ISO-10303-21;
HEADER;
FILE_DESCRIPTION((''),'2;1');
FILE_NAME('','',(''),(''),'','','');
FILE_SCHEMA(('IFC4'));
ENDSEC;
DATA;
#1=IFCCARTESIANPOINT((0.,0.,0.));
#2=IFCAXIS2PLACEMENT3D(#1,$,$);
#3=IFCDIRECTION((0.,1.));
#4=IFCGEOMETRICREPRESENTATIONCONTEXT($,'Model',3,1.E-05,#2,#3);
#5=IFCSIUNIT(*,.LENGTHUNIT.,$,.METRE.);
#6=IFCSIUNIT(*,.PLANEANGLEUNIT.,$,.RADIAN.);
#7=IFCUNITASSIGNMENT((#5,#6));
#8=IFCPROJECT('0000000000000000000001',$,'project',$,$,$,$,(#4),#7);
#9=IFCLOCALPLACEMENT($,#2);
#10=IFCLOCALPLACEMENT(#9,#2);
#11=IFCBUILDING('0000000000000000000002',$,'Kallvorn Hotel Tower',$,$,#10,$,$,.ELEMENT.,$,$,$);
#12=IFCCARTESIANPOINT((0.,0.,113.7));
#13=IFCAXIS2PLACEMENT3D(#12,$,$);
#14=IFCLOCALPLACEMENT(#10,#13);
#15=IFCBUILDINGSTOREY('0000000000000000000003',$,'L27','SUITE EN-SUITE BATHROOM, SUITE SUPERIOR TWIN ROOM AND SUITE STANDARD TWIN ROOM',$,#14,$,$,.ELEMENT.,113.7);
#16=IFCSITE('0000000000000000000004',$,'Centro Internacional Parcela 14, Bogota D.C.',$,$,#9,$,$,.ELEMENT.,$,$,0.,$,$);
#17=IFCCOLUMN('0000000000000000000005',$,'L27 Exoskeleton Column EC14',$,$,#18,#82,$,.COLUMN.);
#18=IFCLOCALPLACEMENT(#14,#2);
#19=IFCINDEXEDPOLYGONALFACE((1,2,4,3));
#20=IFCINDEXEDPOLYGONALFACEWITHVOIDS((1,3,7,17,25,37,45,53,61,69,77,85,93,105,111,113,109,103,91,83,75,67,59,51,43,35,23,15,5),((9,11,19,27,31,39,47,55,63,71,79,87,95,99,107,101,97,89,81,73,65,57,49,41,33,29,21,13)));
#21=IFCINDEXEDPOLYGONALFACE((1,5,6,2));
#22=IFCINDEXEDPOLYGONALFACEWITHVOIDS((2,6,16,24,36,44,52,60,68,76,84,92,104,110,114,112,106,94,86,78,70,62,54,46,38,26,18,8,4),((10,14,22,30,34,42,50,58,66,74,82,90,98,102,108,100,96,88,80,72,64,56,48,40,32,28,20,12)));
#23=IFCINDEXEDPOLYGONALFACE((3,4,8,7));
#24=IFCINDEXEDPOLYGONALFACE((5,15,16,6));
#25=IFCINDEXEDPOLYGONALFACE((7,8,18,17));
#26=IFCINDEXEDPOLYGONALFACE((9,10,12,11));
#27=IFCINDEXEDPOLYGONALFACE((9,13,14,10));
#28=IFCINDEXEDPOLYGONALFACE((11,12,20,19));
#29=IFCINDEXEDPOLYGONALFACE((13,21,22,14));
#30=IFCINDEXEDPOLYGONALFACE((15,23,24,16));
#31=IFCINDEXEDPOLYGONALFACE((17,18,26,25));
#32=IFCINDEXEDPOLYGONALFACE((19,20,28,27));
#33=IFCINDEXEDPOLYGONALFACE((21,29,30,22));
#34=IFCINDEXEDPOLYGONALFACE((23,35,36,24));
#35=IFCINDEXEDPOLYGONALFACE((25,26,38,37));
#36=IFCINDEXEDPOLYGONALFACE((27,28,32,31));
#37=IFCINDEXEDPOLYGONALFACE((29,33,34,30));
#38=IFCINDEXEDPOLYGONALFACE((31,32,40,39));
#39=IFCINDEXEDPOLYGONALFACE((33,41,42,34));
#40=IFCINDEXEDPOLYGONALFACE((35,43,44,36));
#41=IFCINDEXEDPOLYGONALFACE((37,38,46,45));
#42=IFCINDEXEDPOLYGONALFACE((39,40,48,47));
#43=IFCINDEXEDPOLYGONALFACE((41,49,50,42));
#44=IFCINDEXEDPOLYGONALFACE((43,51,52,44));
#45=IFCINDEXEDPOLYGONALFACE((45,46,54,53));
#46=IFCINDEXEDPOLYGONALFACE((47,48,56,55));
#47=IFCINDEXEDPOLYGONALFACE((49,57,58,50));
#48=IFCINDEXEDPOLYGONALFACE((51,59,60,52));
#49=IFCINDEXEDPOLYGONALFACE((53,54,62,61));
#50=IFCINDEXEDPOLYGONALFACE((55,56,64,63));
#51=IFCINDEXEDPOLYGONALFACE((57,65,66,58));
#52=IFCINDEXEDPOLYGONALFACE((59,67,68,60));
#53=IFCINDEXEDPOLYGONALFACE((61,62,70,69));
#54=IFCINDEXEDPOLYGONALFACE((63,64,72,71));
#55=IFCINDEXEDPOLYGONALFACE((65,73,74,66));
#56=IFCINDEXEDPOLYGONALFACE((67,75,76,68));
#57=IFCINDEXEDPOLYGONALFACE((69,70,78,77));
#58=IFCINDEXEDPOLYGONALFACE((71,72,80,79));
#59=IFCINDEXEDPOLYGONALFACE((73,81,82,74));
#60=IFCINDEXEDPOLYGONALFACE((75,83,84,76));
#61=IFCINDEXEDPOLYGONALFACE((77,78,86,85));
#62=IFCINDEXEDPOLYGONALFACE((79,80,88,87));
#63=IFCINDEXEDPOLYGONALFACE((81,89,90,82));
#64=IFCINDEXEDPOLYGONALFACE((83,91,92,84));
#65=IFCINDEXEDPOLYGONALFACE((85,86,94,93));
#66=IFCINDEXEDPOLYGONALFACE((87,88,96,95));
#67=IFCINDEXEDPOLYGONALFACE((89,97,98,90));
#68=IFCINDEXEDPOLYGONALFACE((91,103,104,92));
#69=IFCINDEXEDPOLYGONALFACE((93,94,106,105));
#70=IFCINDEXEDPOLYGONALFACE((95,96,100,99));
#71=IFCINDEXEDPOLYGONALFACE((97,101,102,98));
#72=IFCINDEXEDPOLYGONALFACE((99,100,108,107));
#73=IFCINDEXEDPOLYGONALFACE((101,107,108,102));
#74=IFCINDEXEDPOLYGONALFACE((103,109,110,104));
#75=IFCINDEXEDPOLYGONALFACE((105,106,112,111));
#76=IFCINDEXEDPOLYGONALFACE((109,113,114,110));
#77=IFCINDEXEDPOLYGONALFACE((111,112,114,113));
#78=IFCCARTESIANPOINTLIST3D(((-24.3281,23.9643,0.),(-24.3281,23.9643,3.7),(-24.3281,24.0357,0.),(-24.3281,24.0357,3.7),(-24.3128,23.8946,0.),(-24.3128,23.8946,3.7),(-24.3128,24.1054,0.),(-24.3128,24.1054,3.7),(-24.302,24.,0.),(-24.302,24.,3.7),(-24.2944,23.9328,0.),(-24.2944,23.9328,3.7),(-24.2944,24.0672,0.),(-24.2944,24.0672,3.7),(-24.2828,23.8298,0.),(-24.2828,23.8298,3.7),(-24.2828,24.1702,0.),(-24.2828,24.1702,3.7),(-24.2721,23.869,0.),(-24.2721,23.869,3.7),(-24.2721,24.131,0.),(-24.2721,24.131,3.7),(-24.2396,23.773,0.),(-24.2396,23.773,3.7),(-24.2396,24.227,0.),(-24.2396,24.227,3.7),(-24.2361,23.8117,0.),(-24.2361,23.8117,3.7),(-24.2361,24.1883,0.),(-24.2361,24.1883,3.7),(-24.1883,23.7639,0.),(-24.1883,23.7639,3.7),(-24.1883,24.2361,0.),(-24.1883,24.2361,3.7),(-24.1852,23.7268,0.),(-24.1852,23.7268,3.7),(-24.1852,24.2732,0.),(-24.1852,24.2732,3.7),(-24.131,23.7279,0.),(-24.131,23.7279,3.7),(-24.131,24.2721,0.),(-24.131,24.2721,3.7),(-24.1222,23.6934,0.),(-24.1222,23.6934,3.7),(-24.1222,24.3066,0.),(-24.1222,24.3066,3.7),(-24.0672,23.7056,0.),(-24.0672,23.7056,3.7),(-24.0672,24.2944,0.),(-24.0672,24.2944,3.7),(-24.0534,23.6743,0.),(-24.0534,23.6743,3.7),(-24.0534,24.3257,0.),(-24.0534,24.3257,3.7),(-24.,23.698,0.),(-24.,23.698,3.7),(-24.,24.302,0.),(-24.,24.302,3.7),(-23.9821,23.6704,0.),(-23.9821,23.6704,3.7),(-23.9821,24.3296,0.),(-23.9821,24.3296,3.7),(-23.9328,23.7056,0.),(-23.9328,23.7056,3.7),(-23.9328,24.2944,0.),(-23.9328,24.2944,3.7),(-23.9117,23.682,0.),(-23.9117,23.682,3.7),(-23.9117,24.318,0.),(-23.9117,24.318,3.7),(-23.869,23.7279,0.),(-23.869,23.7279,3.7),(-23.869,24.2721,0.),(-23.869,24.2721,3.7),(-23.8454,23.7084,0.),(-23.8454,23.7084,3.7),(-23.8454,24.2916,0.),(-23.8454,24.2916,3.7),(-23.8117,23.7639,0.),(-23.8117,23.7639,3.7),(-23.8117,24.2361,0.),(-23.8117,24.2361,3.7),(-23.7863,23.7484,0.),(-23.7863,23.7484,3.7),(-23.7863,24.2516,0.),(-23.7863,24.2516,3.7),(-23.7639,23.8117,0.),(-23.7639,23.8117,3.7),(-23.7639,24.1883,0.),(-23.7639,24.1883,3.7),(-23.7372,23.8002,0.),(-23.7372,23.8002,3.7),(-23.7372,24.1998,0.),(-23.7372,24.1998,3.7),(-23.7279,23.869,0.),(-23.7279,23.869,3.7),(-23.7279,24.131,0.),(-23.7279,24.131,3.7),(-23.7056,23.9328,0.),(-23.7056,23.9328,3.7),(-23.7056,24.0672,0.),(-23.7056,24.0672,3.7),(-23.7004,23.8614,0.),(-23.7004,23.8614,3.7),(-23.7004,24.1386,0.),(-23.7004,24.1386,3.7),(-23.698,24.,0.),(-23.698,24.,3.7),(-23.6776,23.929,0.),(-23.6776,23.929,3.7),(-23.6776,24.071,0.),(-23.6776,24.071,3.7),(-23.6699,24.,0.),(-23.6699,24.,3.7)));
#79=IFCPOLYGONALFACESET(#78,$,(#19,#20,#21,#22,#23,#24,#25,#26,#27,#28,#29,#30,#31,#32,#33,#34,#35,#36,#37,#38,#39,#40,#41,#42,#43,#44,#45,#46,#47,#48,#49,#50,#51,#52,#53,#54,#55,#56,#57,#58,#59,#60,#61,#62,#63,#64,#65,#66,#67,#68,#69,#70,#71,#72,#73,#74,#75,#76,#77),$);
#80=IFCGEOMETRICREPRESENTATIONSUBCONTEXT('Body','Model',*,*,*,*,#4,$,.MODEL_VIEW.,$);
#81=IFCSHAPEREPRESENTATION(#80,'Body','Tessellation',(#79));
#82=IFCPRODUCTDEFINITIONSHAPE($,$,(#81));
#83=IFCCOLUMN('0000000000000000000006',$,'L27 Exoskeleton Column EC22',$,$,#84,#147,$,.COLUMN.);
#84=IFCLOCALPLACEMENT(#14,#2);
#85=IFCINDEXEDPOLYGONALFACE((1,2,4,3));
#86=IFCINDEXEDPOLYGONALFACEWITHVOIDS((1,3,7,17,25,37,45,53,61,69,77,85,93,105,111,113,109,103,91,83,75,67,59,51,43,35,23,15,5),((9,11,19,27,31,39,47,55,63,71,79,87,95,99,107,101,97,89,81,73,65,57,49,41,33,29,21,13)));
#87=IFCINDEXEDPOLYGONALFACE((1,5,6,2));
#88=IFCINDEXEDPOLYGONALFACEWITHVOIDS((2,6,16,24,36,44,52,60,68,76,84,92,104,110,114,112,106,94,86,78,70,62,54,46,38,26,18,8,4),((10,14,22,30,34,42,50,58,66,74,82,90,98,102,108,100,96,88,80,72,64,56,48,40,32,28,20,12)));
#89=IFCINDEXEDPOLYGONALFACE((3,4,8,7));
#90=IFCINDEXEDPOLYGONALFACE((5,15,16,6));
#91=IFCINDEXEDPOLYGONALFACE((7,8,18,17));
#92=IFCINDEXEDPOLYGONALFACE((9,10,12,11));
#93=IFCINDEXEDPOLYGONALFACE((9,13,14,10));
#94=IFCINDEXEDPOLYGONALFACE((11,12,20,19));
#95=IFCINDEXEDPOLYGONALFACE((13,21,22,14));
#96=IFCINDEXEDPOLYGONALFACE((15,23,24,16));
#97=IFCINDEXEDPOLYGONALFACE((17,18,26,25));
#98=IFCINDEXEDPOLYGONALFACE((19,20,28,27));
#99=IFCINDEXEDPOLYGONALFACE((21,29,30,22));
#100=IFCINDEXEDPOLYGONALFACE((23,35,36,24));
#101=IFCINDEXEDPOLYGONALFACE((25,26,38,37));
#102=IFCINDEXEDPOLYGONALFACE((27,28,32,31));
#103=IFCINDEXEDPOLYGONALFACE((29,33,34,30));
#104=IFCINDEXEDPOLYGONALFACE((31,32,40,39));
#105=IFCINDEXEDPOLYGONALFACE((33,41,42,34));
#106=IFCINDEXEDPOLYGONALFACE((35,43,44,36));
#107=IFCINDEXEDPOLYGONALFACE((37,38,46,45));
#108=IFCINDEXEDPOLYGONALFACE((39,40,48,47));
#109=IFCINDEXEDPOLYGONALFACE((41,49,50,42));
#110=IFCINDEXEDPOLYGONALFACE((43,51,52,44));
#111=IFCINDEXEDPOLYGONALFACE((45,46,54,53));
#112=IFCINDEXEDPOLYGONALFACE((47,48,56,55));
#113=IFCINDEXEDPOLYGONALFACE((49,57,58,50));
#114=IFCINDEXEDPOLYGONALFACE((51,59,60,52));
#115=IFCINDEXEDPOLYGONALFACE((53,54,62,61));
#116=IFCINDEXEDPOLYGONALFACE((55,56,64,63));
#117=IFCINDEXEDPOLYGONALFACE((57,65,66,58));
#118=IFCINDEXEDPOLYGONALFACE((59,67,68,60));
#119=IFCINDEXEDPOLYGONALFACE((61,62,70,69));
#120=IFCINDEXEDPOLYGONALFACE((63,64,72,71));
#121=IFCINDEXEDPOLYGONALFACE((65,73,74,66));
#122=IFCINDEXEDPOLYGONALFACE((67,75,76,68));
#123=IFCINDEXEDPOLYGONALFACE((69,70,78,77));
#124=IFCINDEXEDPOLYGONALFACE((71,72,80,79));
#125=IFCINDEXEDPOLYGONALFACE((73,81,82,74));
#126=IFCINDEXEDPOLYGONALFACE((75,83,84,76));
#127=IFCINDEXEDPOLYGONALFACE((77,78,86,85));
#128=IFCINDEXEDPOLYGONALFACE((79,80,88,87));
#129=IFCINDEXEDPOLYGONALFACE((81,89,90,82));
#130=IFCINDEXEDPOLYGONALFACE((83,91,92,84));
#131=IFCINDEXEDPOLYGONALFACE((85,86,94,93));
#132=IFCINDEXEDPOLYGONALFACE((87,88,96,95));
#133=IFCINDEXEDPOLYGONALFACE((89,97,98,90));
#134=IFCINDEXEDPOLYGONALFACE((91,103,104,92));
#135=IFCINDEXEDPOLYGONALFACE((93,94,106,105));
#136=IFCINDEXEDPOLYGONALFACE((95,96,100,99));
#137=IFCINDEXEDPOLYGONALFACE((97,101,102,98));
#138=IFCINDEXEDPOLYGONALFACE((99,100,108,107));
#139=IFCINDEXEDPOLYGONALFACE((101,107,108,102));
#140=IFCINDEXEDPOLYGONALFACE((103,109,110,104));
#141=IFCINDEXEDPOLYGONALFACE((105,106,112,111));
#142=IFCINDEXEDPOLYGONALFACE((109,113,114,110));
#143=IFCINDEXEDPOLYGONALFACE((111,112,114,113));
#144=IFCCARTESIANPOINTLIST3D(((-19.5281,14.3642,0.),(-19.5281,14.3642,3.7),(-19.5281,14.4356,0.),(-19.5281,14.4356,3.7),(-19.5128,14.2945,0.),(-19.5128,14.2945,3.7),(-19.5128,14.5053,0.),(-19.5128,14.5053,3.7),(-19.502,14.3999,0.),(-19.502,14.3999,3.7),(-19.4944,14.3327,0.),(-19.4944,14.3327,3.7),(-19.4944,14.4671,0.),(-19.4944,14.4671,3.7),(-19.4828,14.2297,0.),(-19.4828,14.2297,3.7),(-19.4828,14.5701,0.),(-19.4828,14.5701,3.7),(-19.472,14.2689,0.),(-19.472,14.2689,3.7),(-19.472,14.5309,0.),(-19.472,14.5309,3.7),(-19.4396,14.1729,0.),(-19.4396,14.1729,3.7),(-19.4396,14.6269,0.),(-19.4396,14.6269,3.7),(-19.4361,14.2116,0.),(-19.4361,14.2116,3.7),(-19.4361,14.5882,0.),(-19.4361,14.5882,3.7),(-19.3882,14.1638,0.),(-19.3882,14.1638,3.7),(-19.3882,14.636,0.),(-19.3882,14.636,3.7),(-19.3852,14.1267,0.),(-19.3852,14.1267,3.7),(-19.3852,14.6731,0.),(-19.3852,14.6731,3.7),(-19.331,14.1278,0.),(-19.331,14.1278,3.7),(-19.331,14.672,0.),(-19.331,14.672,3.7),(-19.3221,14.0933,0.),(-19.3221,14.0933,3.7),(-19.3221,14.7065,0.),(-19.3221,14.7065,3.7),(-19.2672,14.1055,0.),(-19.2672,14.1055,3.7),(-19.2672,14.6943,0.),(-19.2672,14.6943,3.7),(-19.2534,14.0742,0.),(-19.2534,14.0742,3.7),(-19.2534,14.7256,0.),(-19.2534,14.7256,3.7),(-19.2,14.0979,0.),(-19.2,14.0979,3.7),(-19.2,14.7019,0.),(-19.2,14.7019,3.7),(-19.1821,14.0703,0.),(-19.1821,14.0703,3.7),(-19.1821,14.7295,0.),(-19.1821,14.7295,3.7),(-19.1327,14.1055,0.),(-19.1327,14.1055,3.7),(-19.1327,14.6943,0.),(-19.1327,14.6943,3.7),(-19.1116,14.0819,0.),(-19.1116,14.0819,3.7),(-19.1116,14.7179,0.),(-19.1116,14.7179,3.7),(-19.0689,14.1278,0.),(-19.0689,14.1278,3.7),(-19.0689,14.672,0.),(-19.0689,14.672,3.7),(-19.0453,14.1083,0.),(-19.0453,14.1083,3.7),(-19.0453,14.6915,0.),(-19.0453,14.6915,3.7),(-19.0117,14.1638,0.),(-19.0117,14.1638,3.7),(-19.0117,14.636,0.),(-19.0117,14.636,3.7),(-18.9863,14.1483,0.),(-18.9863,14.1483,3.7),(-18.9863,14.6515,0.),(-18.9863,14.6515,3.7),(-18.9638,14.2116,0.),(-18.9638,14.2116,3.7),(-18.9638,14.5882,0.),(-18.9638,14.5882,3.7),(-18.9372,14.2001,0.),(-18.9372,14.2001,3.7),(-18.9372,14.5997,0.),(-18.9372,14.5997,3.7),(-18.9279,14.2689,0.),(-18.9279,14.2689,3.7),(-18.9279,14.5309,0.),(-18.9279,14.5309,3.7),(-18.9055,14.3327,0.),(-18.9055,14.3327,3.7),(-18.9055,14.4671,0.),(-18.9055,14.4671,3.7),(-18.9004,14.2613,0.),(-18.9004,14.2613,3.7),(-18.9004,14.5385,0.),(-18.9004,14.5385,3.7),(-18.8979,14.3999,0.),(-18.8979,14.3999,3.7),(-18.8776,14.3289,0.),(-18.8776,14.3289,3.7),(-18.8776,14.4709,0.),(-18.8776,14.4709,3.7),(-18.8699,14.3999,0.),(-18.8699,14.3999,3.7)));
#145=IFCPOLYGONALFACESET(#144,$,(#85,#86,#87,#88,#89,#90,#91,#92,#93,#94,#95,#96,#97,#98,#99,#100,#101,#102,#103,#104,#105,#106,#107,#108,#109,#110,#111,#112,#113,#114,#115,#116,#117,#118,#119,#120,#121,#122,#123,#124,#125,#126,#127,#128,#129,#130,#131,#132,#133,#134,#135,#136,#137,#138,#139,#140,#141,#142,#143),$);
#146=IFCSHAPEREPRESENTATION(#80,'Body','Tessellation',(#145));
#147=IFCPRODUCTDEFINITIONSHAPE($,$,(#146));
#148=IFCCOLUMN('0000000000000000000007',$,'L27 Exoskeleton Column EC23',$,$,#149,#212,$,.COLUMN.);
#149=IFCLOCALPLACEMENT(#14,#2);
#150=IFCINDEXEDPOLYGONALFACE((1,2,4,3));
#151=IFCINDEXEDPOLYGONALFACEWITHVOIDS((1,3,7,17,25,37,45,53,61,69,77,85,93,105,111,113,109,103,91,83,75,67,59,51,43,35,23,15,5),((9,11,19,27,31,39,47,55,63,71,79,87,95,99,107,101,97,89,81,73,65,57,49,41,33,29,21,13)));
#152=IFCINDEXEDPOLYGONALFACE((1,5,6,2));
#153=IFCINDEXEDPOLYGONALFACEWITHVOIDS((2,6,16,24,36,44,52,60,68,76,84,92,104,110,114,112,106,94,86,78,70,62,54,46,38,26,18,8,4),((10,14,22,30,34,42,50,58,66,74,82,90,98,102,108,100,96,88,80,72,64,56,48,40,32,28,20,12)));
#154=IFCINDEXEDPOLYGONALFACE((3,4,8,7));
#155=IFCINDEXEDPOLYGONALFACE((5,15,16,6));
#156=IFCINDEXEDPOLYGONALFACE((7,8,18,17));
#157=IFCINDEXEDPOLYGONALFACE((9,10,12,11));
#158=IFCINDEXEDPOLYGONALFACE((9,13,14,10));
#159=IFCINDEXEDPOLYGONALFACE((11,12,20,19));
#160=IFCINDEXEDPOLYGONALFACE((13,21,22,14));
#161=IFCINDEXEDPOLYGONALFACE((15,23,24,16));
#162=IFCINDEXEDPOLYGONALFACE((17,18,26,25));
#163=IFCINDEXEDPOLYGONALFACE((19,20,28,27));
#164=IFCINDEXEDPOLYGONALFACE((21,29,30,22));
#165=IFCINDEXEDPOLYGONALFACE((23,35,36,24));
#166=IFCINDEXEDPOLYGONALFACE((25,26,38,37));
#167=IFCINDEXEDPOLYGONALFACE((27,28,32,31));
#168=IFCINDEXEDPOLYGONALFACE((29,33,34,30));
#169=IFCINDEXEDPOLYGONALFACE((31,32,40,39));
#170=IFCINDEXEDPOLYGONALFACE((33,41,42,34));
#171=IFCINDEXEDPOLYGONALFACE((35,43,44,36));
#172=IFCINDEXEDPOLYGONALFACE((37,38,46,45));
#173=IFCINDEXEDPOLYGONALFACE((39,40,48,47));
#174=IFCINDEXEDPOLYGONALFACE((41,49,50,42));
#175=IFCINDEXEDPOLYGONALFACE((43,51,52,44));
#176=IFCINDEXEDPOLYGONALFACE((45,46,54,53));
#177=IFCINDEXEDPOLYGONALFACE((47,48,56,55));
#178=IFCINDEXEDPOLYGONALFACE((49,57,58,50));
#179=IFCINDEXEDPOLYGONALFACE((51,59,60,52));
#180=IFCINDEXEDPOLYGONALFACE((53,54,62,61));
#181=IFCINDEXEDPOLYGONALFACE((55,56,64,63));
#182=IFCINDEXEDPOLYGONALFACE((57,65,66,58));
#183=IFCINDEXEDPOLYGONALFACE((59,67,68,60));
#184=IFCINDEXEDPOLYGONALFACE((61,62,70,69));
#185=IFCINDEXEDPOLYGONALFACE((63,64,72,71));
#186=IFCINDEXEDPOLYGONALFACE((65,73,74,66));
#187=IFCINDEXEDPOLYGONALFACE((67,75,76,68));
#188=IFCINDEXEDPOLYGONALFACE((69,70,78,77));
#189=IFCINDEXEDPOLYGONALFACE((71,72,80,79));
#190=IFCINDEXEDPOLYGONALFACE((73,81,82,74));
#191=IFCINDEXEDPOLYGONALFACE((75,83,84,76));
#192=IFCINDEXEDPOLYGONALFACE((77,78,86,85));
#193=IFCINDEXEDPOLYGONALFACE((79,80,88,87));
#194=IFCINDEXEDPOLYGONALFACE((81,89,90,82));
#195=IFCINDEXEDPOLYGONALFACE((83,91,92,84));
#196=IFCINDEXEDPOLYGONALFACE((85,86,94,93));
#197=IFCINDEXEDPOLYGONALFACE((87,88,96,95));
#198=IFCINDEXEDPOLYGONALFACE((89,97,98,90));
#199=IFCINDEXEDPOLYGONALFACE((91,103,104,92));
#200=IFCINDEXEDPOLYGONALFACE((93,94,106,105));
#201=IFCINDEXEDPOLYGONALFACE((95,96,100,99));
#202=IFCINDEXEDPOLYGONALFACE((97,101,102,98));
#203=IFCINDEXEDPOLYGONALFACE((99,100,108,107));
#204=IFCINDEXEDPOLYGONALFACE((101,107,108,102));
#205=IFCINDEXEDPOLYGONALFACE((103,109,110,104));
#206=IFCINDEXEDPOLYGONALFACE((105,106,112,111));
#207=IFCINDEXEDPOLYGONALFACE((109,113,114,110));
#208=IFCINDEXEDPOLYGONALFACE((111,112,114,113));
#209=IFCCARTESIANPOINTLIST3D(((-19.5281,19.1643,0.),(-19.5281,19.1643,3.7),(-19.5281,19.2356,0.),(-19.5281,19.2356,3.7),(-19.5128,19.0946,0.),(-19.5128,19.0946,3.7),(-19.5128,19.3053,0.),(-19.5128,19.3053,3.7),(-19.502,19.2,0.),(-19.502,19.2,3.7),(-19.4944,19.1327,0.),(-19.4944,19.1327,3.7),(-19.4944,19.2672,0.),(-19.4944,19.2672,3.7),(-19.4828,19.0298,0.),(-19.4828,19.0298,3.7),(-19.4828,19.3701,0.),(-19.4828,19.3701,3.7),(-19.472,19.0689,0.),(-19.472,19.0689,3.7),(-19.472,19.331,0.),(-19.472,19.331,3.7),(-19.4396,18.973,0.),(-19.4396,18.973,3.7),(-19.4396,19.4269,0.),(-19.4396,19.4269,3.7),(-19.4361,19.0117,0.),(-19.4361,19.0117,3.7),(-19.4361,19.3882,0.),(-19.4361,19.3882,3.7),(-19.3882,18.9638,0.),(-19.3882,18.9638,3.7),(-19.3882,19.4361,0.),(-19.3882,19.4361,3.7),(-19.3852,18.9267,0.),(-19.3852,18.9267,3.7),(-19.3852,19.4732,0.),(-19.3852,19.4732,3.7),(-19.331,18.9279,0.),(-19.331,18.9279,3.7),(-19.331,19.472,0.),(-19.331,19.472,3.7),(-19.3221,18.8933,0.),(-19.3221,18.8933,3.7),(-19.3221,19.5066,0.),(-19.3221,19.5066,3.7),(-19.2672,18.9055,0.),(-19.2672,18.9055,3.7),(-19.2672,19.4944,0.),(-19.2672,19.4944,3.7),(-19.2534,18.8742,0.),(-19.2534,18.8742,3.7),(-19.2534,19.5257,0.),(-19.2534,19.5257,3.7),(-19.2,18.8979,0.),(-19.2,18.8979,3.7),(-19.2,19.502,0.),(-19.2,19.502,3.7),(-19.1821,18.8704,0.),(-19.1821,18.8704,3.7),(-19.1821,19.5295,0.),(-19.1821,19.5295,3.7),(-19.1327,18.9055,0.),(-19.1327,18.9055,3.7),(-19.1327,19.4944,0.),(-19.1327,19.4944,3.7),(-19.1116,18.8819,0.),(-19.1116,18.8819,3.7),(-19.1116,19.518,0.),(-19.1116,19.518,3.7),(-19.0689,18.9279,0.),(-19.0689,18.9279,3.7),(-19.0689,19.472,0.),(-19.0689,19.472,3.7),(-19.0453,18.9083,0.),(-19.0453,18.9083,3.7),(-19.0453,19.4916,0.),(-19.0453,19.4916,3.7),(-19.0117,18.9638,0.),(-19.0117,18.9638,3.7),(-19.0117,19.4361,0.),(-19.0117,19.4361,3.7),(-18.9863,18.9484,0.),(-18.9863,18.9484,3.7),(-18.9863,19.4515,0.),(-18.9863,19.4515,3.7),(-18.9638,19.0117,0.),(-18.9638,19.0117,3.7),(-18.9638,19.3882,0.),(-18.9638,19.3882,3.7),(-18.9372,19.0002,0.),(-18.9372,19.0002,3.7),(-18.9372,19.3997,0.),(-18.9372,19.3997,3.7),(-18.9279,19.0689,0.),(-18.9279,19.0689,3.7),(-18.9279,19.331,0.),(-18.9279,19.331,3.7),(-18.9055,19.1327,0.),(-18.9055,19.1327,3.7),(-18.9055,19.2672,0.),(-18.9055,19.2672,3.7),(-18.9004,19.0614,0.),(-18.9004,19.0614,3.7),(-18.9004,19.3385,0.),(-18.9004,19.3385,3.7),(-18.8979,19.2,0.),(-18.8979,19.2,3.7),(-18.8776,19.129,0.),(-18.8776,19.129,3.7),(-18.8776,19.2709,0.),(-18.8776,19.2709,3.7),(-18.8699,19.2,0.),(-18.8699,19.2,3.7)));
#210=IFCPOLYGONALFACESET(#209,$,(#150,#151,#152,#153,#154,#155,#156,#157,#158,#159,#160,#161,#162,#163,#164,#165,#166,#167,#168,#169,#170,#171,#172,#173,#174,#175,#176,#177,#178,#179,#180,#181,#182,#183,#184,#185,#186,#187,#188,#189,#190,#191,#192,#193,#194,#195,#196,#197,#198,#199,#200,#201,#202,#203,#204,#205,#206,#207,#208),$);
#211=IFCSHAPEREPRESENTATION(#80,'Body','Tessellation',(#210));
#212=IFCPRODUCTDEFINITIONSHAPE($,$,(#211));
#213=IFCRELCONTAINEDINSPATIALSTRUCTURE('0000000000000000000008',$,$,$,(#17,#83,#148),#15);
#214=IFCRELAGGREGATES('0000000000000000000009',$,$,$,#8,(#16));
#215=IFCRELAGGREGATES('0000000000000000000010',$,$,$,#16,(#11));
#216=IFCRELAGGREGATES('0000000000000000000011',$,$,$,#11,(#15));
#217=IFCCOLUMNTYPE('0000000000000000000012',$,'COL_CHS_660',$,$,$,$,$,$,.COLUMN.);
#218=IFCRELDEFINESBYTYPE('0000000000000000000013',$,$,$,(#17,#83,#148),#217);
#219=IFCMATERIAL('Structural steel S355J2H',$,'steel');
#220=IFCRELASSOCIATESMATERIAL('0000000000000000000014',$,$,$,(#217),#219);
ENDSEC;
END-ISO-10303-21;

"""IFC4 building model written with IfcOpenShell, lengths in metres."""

from ifc_helpers import new_model, si_unit, direction, frame, origin, origin_2d, place, context, subcontext, project, spatial, hollow_circle, extrude, material, material_profile, profile_set, type_object, element, save


model = new_model("IFC4")

# Units and contexts
model_context = context("Model", 3, precision=1e-05, world=origin(), true_north=direction((0.0, 1.0)))
body_context = subcontext(model_context, "Body", "Model", "MODEL_VIEW")
ifc_project = project(units=[si_unit("LENGTHUNIT", "METRE"), si_unit("PLANEANGLEUNIT", "RADIAN")], contexts=[model_context])

# Site, building, storey
site_placement = place(None, origin())
site = spatial("IfcSite", under=ifc_project, at=site_placement, Name="Centro Internacional Parcela 14, Bogota D.C.", CompositionType="ELEMENT", RefElevation=0.0)
building_placement = place(site_placement, origin())
building = spatial("IfcBuilding", under=site, at=building_placement, Name="Kallvorn Hotel Tower", CompositionType="ELEMENT")
storey_placement = place(building_placement, frame((0.0, 0.0, 113.7)))
storey = spatial("IfcBuildingStorey", under=building, at=storey_placement, Name="L27", Description="SUITE EN-SUITE BATHROOM, SUITE SUPERIOR TWIN ROOM AND SUITE STANDARD TWIN ROOM", CompositionType="ELEMENT", Elevation=113.7)

# Columns
ifc_material_1 = material(Name="Structural steel S355J2H", Category="steel")
ifc_material_profile_1 = material_profile(ifc_material_1, hollow_circle(Radius=0.3301, WallThickness=0.0281, at=origin_2d()), Name="CHS 660x28")
ifc_profile_set_1 = profile_set([ifc_material_profile_1], Name="Structural steel S355J2H")
column_type_1 = type_object("IfcColumnType", Name="COL_CHS_660", PredefinedType="COLUMN", material=ifc_profile_set_1)
for number, where, z_axis, x_axis, name in (
    (1, (-24.0, 24.0, 0.0), (0.0, 0.0, 1.0), (1.0, 0.0, 0.0), "L27 Exoskeleton Column EC14"),
    (2, (-19.2, 14.3999, 0.0), (0.0, 0.0, 1.0), (1.0, 0.0, 0.0), "L27 Exoskeleton Column EC22"),
    (3, (-19.2, 19.2, 0.0), (0.0, 0.0, 1.0), (1.0, 0.0, 0.0), "L27 Exoskeleton Column EC23"),
):
    element("IfcColumn", number, at=place(storey_placement, frame(where, z_axis=z_axis, x_axis=x_axis)), inside=storey, type_object=column_type_1, Name=name, PredefinedType="COLUMN", context=body_context, shape_type="SweptSolid", body=[
        extrude(hollow_circle(Radius=0.3301, WallThickness=0.0281, at=origin_2d()), origin(), (0.0, 0.0, 1.0), 3.7),
    ])

save(model, "model.ifc")
